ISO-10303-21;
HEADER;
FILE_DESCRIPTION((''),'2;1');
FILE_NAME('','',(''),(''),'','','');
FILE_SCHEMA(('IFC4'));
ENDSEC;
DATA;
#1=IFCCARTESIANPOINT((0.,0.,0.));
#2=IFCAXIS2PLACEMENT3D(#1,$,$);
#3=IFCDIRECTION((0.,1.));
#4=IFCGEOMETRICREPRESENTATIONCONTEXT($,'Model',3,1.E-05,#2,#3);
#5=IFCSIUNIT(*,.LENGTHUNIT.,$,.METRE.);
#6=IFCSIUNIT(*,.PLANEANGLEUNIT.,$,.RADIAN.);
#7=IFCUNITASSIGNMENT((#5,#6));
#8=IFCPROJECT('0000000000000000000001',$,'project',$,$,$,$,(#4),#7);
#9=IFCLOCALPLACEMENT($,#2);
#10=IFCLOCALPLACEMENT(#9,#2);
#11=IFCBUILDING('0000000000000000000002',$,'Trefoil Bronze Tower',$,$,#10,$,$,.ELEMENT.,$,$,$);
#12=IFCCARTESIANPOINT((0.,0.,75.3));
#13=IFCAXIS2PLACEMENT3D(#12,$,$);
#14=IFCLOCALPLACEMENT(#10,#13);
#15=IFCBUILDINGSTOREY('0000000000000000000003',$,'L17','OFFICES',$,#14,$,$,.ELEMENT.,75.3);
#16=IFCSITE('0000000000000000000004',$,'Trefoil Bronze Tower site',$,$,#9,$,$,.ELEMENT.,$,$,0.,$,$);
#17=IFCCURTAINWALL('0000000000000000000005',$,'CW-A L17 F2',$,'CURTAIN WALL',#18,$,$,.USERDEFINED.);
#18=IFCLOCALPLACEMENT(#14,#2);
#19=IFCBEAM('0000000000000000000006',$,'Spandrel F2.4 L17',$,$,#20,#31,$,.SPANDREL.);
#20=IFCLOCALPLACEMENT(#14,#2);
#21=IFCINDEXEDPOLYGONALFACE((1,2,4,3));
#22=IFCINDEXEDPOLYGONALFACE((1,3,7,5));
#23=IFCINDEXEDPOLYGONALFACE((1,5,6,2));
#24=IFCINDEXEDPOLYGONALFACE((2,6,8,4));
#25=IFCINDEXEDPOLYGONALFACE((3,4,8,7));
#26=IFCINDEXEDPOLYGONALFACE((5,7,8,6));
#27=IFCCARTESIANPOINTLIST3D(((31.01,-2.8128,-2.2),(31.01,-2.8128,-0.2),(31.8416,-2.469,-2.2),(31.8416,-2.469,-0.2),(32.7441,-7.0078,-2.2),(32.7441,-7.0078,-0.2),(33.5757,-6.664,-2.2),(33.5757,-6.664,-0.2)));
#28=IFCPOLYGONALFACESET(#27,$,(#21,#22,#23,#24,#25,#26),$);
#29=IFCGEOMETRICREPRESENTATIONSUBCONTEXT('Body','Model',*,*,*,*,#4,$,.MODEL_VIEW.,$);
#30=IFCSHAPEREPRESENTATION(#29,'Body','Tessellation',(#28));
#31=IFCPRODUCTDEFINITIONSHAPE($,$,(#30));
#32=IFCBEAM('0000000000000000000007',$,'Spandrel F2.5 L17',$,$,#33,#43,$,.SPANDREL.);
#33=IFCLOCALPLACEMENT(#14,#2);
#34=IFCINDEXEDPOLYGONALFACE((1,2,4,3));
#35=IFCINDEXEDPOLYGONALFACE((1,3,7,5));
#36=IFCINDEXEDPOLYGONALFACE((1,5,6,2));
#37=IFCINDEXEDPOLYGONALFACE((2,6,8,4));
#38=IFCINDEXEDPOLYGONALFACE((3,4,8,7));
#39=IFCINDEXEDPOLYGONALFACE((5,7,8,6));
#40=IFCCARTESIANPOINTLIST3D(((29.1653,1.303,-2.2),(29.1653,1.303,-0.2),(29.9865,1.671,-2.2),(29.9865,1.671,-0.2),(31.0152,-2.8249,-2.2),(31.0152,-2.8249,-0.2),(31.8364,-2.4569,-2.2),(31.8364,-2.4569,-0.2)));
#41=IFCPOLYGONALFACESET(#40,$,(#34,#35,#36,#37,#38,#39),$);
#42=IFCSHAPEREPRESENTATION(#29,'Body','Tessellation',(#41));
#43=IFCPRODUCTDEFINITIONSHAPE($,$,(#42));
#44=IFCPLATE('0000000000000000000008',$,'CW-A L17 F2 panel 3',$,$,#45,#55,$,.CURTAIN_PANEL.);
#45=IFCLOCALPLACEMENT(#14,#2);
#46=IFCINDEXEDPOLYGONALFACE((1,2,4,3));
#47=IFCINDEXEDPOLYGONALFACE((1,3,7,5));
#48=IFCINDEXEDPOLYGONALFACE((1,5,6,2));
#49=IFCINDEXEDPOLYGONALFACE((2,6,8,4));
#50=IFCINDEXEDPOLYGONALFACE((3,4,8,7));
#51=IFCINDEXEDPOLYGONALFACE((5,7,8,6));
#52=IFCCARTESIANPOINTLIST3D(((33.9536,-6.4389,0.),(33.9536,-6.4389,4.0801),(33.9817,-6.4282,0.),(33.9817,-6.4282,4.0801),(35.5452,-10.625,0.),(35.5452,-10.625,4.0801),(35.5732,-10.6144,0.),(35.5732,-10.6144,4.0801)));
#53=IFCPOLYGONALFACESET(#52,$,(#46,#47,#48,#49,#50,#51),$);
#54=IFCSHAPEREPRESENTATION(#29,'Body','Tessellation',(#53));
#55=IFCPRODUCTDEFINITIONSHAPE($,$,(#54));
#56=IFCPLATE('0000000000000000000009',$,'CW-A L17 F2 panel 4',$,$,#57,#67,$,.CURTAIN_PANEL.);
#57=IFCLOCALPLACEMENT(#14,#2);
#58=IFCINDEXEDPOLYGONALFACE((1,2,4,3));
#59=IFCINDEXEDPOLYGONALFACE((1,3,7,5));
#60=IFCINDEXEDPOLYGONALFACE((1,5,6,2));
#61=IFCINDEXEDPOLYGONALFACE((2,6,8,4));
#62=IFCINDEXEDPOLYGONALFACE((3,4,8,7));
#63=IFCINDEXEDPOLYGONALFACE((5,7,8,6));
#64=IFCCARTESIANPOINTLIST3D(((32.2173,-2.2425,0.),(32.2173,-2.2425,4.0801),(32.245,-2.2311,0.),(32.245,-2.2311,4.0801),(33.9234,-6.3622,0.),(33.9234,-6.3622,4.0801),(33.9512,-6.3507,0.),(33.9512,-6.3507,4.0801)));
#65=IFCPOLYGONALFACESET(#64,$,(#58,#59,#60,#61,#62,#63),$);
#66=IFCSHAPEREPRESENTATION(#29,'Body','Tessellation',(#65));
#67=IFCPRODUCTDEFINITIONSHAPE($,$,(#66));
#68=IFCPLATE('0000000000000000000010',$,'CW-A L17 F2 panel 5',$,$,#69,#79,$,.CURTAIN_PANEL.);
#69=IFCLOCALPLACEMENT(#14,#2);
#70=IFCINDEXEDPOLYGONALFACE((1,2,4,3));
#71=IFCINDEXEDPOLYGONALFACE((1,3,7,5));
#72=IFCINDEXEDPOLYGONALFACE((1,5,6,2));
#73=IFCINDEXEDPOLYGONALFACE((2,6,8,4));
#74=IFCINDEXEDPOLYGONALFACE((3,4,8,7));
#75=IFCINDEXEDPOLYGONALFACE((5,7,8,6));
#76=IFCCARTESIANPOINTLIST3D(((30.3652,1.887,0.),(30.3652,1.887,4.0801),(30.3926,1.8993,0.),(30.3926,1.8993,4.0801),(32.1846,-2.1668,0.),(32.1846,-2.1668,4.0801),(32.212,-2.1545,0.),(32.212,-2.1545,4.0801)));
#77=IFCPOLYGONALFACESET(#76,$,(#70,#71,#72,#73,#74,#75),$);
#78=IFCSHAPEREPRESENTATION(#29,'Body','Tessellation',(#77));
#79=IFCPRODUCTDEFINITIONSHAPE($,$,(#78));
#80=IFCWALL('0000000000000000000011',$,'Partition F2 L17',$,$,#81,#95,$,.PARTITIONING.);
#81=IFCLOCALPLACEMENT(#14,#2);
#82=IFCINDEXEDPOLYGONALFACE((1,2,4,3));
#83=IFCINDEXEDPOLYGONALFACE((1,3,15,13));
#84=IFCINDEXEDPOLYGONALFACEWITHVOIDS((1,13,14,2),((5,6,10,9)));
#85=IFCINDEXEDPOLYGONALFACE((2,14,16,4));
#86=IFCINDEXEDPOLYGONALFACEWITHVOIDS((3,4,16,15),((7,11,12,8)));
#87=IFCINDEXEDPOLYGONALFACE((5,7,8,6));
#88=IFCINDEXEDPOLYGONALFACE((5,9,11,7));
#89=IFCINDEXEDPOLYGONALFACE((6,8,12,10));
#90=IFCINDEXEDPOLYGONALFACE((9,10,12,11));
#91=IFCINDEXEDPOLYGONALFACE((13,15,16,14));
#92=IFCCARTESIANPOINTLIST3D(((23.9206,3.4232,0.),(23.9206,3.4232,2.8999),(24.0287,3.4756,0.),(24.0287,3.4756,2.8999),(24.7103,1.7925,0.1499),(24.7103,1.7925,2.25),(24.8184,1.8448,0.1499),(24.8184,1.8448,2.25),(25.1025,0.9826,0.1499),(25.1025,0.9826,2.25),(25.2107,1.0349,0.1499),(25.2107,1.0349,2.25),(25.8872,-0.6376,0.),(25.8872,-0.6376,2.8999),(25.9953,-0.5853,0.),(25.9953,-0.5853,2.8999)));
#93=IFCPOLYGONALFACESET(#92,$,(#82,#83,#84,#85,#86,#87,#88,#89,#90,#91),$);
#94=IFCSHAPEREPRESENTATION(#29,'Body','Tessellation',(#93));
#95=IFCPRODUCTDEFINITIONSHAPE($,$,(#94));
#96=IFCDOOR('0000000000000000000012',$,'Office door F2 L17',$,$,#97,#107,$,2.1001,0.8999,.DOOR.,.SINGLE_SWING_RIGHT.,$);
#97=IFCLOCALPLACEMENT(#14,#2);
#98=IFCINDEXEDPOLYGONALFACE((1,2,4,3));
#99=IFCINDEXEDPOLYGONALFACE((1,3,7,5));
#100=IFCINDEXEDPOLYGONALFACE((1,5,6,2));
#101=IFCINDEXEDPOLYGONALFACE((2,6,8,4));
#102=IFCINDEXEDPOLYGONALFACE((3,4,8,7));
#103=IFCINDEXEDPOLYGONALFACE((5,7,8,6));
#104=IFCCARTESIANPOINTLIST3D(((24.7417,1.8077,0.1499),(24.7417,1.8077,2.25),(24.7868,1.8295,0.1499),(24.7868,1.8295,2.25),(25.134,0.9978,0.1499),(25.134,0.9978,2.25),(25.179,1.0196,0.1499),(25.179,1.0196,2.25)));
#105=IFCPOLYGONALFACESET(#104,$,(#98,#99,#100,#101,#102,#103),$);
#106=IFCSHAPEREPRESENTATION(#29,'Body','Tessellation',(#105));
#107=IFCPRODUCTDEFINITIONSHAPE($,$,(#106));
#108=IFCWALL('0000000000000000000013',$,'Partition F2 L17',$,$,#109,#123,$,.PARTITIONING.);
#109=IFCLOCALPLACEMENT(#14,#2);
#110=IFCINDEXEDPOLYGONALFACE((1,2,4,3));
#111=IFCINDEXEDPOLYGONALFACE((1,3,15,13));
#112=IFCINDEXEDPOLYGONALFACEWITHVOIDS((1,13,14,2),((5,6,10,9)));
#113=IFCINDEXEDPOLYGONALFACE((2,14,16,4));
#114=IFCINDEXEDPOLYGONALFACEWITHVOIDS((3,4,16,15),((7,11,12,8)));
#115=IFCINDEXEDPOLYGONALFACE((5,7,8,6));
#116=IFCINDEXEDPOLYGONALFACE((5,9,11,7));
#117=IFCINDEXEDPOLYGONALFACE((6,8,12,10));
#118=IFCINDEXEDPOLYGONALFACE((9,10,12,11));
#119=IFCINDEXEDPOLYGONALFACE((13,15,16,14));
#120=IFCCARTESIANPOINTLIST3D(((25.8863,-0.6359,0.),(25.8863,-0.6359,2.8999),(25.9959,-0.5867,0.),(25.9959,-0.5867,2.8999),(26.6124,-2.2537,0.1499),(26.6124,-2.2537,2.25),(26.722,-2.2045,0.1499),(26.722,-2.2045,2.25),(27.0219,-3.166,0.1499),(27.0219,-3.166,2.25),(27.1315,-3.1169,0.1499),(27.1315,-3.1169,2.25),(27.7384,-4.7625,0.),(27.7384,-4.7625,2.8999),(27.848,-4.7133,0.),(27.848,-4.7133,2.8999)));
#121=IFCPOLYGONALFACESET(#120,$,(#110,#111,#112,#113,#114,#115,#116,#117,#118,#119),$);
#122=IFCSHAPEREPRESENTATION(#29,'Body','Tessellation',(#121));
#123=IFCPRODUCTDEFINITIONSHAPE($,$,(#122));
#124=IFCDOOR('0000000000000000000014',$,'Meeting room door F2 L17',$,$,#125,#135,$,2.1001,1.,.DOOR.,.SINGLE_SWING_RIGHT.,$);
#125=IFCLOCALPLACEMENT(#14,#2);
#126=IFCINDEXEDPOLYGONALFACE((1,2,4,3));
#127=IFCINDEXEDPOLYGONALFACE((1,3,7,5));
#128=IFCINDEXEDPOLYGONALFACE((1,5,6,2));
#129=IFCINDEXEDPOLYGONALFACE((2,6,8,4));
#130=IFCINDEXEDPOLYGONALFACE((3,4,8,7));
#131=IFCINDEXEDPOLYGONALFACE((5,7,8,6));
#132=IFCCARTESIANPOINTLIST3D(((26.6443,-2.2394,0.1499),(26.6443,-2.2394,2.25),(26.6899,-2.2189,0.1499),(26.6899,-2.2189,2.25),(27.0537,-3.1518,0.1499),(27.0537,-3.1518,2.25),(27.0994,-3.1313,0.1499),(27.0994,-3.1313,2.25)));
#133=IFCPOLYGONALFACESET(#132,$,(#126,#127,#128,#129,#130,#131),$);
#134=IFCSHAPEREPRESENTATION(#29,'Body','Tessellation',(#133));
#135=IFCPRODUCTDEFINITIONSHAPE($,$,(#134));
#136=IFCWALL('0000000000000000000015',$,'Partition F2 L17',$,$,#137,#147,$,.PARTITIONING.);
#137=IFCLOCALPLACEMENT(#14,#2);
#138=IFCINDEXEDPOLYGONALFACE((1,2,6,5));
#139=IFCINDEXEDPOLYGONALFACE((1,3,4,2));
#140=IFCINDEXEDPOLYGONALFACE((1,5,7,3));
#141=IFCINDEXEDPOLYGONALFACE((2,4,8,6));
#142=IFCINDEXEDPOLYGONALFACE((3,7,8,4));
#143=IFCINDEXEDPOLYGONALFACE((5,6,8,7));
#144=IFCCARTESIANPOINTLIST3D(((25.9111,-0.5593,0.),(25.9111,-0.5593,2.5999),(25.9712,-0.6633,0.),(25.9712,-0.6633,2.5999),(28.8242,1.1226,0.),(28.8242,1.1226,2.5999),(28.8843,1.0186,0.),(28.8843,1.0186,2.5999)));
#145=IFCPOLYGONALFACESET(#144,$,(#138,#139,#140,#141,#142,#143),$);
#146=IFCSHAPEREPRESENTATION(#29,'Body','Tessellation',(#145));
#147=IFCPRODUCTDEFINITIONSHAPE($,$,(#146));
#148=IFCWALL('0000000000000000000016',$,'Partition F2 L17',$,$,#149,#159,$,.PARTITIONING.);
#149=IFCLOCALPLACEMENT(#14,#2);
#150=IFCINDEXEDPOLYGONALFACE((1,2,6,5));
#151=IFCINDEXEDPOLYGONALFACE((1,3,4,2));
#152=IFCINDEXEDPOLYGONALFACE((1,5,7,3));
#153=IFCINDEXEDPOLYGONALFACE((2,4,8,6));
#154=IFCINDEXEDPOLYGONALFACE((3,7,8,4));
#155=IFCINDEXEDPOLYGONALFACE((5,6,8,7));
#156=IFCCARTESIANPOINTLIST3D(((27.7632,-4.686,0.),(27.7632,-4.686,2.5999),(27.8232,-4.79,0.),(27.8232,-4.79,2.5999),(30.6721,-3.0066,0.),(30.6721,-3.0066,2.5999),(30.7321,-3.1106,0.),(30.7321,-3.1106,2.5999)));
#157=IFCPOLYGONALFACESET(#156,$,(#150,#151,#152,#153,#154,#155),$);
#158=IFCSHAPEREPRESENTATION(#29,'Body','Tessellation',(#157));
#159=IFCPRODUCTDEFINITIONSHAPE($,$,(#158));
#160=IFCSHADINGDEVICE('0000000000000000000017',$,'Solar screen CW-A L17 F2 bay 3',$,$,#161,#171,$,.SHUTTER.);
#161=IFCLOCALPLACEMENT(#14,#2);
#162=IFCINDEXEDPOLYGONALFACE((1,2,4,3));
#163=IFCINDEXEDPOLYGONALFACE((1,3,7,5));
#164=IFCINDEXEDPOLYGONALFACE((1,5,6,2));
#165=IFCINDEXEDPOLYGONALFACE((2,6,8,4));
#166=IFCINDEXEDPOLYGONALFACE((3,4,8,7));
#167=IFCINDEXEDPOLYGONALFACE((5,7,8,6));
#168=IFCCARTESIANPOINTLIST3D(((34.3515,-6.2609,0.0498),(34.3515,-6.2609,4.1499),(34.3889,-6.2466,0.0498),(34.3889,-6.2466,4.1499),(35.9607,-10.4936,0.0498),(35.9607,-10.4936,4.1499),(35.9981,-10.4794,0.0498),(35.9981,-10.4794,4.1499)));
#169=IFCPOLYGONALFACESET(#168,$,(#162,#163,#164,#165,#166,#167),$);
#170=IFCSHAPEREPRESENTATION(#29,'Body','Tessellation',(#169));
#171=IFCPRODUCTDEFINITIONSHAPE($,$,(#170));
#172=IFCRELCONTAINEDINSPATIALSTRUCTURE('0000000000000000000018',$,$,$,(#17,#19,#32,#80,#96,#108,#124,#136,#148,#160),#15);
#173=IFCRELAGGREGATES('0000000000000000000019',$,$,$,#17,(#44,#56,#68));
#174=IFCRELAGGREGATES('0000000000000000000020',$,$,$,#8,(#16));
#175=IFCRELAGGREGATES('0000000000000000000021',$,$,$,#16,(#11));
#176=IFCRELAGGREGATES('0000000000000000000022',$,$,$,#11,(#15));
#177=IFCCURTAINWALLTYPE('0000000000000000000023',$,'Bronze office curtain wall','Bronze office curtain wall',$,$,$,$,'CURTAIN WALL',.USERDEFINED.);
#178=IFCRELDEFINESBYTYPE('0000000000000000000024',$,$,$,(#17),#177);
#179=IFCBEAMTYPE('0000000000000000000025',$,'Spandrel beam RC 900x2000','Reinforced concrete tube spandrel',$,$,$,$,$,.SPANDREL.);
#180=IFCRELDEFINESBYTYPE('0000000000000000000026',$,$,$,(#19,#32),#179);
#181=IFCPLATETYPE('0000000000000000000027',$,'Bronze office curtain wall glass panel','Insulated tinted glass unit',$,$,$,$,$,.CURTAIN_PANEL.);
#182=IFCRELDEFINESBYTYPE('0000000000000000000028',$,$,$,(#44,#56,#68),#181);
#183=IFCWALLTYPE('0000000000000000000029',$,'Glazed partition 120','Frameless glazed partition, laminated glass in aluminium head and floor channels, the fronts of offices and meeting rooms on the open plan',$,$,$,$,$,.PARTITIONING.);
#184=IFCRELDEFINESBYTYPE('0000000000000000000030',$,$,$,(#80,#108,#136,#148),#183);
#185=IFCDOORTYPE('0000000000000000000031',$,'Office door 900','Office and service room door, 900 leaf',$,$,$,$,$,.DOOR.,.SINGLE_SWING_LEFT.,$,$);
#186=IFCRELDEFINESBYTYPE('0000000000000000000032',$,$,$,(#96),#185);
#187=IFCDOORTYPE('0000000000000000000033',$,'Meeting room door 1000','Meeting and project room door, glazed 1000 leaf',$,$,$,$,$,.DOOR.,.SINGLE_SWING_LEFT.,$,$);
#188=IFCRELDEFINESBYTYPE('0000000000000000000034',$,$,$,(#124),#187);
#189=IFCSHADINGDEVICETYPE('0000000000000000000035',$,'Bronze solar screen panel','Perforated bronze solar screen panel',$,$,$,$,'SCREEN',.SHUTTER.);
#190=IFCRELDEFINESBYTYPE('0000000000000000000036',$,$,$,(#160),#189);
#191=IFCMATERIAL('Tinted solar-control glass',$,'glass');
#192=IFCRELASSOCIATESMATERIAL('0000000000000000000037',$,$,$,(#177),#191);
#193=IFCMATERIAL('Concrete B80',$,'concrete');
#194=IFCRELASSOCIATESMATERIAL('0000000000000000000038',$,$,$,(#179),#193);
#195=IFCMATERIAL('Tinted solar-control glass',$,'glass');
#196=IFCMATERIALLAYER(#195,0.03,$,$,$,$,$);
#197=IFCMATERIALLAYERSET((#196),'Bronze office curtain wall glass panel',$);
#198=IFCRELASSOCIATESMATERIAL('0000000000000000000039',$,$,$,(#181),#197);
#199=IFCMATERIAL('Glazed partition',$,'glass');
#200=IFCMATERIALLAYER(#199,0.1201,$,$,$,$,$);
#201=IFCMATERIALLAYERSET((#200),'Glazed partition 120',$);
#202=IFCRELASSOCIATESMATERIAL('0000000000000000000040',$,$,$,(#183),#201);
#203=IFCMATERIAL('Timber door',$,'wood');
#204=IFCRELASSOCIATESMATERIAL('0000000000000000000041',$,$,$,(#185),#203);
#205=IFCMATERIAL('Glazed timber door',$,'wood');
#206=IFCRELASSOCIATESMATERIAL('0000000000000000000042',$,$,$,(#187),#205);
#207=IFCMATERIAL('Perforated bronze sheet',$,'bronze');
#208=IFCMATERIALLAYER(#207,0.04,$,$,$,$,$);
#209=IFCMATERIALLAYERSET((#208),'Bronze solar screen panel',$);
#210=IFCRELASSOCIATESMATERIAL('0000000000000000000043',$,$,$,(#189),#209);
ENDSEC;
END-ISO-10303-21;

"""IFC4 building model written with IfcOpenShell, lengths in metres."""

from ifc_helpers import new_model, si_unit, direction, frame, frame_2d, origin, origin_2d, place, context, subcontext, project, spatial, rectangle, extrude, material, layer, layer_set, material_profile, profile_set, type_object, element, fill, aggregate, save


model = new_model("IFC4")

# Units and contexts
model_context = context("Model", 3, precision=1e-05, world=origin(), true_north=direction((0.0, 1.0)))
body_context = subcontext(model_context, "Body", "Model", "MODEL_VIEW")
ifc_project = project(units=[si_unit("LENGTHUNIT", "METRE"), si_unit("PLANEANGLEUNIT", "RADIAN")], contexts=[model_context])

# Site, building, storey
site_placement = place(None, origin())
site = spatial("IfcSite", under=ifc_project, at=site_placement, Name="Trefoil Bronze Tower site", CompositionType="ELEMENT", RefElevation=0.0)
building_placement = place(site_placement, origin())
building = spatial("IfcBuilding", under=site, at=building_placement, Name="Trefoil Bronze Tower", CompositionType="ELEMENT")
storey_placement = place(building_placement, frame((0.0, 0.0, 75.3)))
storey = spatial("IfcBuildingStorey", under=building, at=storey_placement, Name="L17", Description="OFFICES", CompositionType="ELEMENT", Elevation=75.3)

# Curtain wall
ifc_material_1 = material(Name="Tinted solar-control glass", Category="glass")
curtain_wall_type = type_object("IfcCurtainWallType", Name="Bronze office curtain wall", Description="Bronze office curtain wall", ElementType="CURTAIN WALL", PredefinedType="USERDEFINED", material=ifc_material_1)
curtain_wall_placement = place(storey_placement, origin())
curtain_wall = element("IfcCurtainWall", 1, at=curtain_wall_placement, inside=storey, type_object=curtain_wall_type, Name="CW-A L17 F2", ObjectType="CURTAIN WALL", PredefinedType="USERDEFINED")

# Beams
ifc_material_2 = material(Name="Concrete B80", Category="concrete")
ifc_material_profile_1 = material_profile(ifc_material_2, rectangle(XDim=0.8999, YDim=2.0, at=origin_2d()), Name="RC 900x2000")
ifc_profile_set_1 = profile_set([ifc_material_profile_1], Name="Concrete B80")
beam_type_1 = type_object("IfcBeamType", Name="Spandrel beam RC 900x2000", Description="Reinforced concrete tube spandrel", PredefinedType="SPANDREL", material=ifc_profile_set_1)
beam_1_placement = place(storey_placement, frame((33.1599, -6.8359, -1.2), z_axis=(-0.382021, 0.924154, 0.0), x_axis=(-0.924154, -0.382021, 0.0)))
element("IfcBeam", 2, at=beam_1_placement, inside=storey, type_object=beam_type_1, Name="Spandrel F2.4 L17", PredefinedType="SPANDREL", context=body_context, shape_type="SweptSolid", body=[
    extrude(rectangle(XDim=0.8999, YDim=2.0, at=origin_2d()), origin(), (0.0, 0.0, 1.0), 4.5393),
])
beam_2_placement = place(storey_placement, frame((31.4258, -2.6409, -1.2), z_axis=(-0.408946, 0.912559, 0.0), x_axis=(-0.912559, -0.408946, 0.0)))
element("IfcBeam", 3, at=beam_2_placement, inside=storey, type_object=beam_type_1, Name="Spandrel F2.5 L17", PredefinedType="SPANDREL", context=body_context, shape_type="SweptSolid", body=[
    extrude(rectangle(XDim=0.8999, YDim=2.0, at=origin_2d()), origin(), (0.0, 0.0, 1.0), 4.5234),
])

# Plates
ifc_material_3 = material(Name="Tinted solar-control glass", Category="glass")
ifc_layer_1 = layer(ifc_material_3, 0.03)
ifc_layer_set_1 = layer_set([ifc_layer_1], Name="Bronze office curtain wall glass panel")
plate_type = type_object("IfcPlateType", Name="Bronze office curtain wall glass panel", Description="Insulated tinted glass unit", PredefinedType="CURTAIN_PANEL", material=ifc_layer_set_1)
plate_1_placement = place(storey_placement, frame((34.7634, -8.5266, 0.0), z_axis=(0.0, 0.0, 1.0), x_axis=(-0.355371, 0.934725, 0.0)))
plate_1 = element("IfcPlate", 4, at=plate_1_placement, type_object=plate_type, Name="CW-A L17 F2 panel 3", PredefinedType="CURTAIN_PANEL", context=body_context, shape_type="SweptSolid", body=[
    extrude(rectangle(XDim=4.4785, YDim=0.03, at=origin_2d()), origin(), (0.0, 0.0, 1.0), 4.0801),
])
plate_2_placement = place(storey_placement, frame((33.0842, -4.2966, 0.0), z_axis=(0.0, 0.0, 1.0), x_axis=(-0.38263, 0.923902, 0.0)))
plate_2 = element("IfcPlate", 5, at=plate_2_placement, type_object=plate_type, Name="CW-A L17 F2 panel 4", PredefinedType="CURTAIN_PANEL", context=body_context, shape_type="SweptSolid", body=[
    extrude(rectangle(XDim=4.459, YDim=0.03, at=origin_2d()), origin(), (0.0, 0.0, 1.0), 4.0801),
])
plate_3_placement = place(storey_placement, frame((31.2886, -0.1338, 0.0), z_axis=(0.0, 0.0, 1.0), x_axis=(-0.409456, 0.91233, 0.0)))
plate_3 = element("IfcPlate", 6, at=plate_3_placement, type_object=plate_type, Name="CW-A L17 F2 panel 5", PredefinedType="CURTAIN_PANEL", context=body_context, shape_type="SweptSolid", body=[
    extrude(rectangle(XDim=4.4434, YDim=0.03, at=origin_2d()), origin(), (0.0, 0.0, 1.0), 4.0801),
])
aggregate(curtain_wall, [plate_1, plate_2, plate_3])

# Walls, openings, doors
ifc_material_4 = material(Name="Glazed partition", Category="glass")
ifc_layer_2 = layer(ifc_material_4, 0.1201)
ifc_layer_set_2 = layer_set([ifc_layer_2], Name="Glazed partition 120")
wall_type = type_object("IfcWallType", Name="Glazed partition 120", Description="Frameless glazed partition, laminated glass in aluminium head and floor channels, the fronts of offices and meeting rooms on the open plan", PredefinedType="PARTITIONING", material=ifc_layer_set_2)
wall_1_placement = place(storey_placement, frame((25.9412, -0.6113, 0.0), z_axis=(0.0, 0.0, 1.0), x_axis=(-0.435858, 0.900015, 0.0)))
wall_1 = element("IfcWall", 7, at=wall_1_placement, inside=storey, type_object=wall_type, Name="Partition F2 L17", PredefinedType="PARTITIONING", context=body_context, shape_type="SweptSolid", body=[
    extrude(rectangle(XDim=4.512, YDim=0.1201, at=frame_2d((2.2559, 0.0))), origin(), (0.0, 0.0, 1.0), 2.8999),
])
opening_1_placement = place(wall_1_placement, frame((1.8, 0.0, 0.1499)))
opening_1 = element("IfcOpeningElement", 8, at=opening_1_placement, cuts=wall_1, PredefinedType="OPENING", context=body_context, shape_type="SweptSolid", body=[
    extrude(rectangle(XDim=0.8999, YDim=2.1001, at=frame_2d((0.45, 1.05))), frame((0.0, 0.0701, 0.0), z_axis=(0.0, -1.0, 0.0), x_axis=(1.0, 0.0, 0.0)), (0.0, 0.0, 1.0), 0.1401),
])
ifc_material_5 = material(Name="Timber door", Category="wood")
door_type_1 = type_object("IfcDoorType", Name="Office door 900", Description="Office and service room door, 900 leaf", OperationType="SINGLE_SWING_LEFT", PredefinedType="DOOR", material=ifc_material_5)
door_1_placement = place(opening_1_placement, frame((0.8999, 0.0, 0.0), z_axis=(0.0, 0.0, 1.0), x_axis=(-1.0, 0.0, 0.0)))
door_1 = element("IfcDoor", 9, at=door_1_placement, inside=storey, type_object=door_type_1, Name="Office door F2 L17", OperationType="SINGLE_SWING_RIGHT", OverallHeight=2.1001, OverallWidth=0.8999, PredefinedType="DOOR", context=body_context, shape_type="SweptSolid", body=[
    extrude(rectangle(XDim=0.8999, YDim=2.1001, at=frame_2d((0.45, 1.05))), frame((0.0, 0.0249, 0.0), z_axis=(0.0, -1.0, 0.0), x_axis=(1.0, 0.0, 0.0)), (0.0, 0.0, 1.0), 0.05),
])
fill(opening_1, door_1)
wall_2_placement = place(storey_placement, frame((27.7932, -4.738, 0.0), z_axis=(0.0, 0.0, 1.0), x_axis=(-0.409451, 0.912332, 0.0)))
wall_2 = element("IfcWall", 10, at=wall_2_placement, inside=storey, type_object=wall_type, Name="Partition F2 L17", PredefinedType="PARTITIONING", context=body_context, shape_type="SweptSolid", body=[
    extrude(rectangle(XDim=4.5232, YDim=0.1201, at=frame_2d((2.2617, 0.0))), origin(), (0.0, 0.0, 1.0), 2.8999),
])
opening_2_placement = place(wall_2_placement, frame((1.75, 0.0, 0.1499)))
opening_2 = element("IfcOpeningElement", 11, at=opening_2_placement, cuts=wall_2, PredefinedType="OPENING", context=body_context, shape_type="SweptSolid", body=[
    extrude(rectangle(XDim=1.0, YDim=2.1001, at=frame_2d((0.5, 1.05))), frame((0.0, 0.0701, 0.0), z_axis=(0.0, -1.0, 0.0), x_axis=(1.0, 0.0, 0.0)), (0.0, 0.0, 1.0), 0.1401),
])
ifc_material_6 = material(Name="Glazed timber door", Category="wood")
door_type_2 = type_object("IfcDoorType", Name="Meeting room door 1000", Description="Meeting and project room door, glazed 1000 leaf", OperationType="SINGLE_SWING_LEFT", PredefinedType="DOOR", material=ifc_material_6)
door_2_placement = place(opening_2_placement, frame((1.0, 0.0, 0.0), z_axis=(0.0, 0.0, 1.0), x_axis=(-1.0, 0.0, 0.0)))
door_2 = element("IfcDoor", 12, at=door_2_placement, inside=storey, type_object=door_type_2, Name="Meeting room door F2 L17", OperationType="SINGLE_SWING_RIGHT", OverallHeight=2.1001, OverallWidth=1.0, PredefinedType="DOOR", context=body_context, shape_type="SweptSolid", body=[
    extrude(rectangle(XDim=1.0, YDim=2.1001, at=frame_2d((0.5, 1.05))), frame((0.0, 0.0249, 0.0), z_axis=(0.0, -1.0, 0.0), x_axis=(1.0, 0.0, 0.0)), (0.0, 0.0, 1.0), 0.05),
])
fill(opening_2, door_2)

# Walls
wall_3_placement = place(storey_placement, frame((25.9412, -0.6113, 0.0), z_axis=(0.0, 0.0, 1.0), x_axis=(0.866024, 0.500003, 0.0)))
element("IfcWall", 13, at=wall_3_placement, inside=storey, type_object=wall_type, Name="Partition F2 L17", PredefinedType="PARTITIONING", context=body_context, shape_type="SweptSolid", body=[
    extrude(rectangle(XDim=3.3638, YDim=0.1201, at=frame_2d((1.6819, 0.0))), origin(), (0.0, 0.0, 1.0), 2.5999),
])
wall_4_placement = place(storey_placement, frame((27.7932, -4.738, 0.0), z_axis=(0.0, 0.0, 1.0), x_axis=(0.866029, 0.499993, 0.0)))
element("IfcWall", 14, at=wall_4_placement, inside=storey, type_object=wall_type, Name="Partition F2 L17", PredefinedType="PARTITIONING", context=body_context, shape_type="SweptSolid", body=[
    extrude(rectangle(XDim=3.3589, YDim=0.1201, at=frame_2d((1.6794, 0.0))), origin(), (0.0, 0.0, 1.0), 2.5999),
])

# Shading device
ifc_material_7 = material(Name="Perforated bronze sheet", Category="bronze")
ifc_layer_3 = layer(ifc_material_7, 0.04)
ifc_layer_set_3 = layer_set([ifc_layer_3], Name="Bronze solar screen panel")
shading_device_type = type_object("IfcShadingDeviceType", Name="Bronze solar screen panel", Description="Perforated bronze solar screen panel", ElementType="SCREEN", PredefinedType="SHUTTER", material=ifc_layer_set_3)
shading_device_1_placement = place(storey_placement, frame((35.1748, -8.3701, 0.0498), z_axis=(0.0, 0.0, 1.0), x_axis=(-0.355371, 0.934725, 0.0)))
element("IfcShadingDevice", 15, at=shading_device_1_placement, inside=storey, type_object=shading_device_type, Name="Solar screen CW-A L17 F2 bay 3", PredefinedType="SHUTTER", context=body_context, shape_type="SweptSolid", body=[
    extrude(rectangle(XDim=4.5283, YDim=0.04, at=origin_2d()), origin(), (0.0, 0.0, 1.0), 4.1001),
])

save(model, "model.ifc")
